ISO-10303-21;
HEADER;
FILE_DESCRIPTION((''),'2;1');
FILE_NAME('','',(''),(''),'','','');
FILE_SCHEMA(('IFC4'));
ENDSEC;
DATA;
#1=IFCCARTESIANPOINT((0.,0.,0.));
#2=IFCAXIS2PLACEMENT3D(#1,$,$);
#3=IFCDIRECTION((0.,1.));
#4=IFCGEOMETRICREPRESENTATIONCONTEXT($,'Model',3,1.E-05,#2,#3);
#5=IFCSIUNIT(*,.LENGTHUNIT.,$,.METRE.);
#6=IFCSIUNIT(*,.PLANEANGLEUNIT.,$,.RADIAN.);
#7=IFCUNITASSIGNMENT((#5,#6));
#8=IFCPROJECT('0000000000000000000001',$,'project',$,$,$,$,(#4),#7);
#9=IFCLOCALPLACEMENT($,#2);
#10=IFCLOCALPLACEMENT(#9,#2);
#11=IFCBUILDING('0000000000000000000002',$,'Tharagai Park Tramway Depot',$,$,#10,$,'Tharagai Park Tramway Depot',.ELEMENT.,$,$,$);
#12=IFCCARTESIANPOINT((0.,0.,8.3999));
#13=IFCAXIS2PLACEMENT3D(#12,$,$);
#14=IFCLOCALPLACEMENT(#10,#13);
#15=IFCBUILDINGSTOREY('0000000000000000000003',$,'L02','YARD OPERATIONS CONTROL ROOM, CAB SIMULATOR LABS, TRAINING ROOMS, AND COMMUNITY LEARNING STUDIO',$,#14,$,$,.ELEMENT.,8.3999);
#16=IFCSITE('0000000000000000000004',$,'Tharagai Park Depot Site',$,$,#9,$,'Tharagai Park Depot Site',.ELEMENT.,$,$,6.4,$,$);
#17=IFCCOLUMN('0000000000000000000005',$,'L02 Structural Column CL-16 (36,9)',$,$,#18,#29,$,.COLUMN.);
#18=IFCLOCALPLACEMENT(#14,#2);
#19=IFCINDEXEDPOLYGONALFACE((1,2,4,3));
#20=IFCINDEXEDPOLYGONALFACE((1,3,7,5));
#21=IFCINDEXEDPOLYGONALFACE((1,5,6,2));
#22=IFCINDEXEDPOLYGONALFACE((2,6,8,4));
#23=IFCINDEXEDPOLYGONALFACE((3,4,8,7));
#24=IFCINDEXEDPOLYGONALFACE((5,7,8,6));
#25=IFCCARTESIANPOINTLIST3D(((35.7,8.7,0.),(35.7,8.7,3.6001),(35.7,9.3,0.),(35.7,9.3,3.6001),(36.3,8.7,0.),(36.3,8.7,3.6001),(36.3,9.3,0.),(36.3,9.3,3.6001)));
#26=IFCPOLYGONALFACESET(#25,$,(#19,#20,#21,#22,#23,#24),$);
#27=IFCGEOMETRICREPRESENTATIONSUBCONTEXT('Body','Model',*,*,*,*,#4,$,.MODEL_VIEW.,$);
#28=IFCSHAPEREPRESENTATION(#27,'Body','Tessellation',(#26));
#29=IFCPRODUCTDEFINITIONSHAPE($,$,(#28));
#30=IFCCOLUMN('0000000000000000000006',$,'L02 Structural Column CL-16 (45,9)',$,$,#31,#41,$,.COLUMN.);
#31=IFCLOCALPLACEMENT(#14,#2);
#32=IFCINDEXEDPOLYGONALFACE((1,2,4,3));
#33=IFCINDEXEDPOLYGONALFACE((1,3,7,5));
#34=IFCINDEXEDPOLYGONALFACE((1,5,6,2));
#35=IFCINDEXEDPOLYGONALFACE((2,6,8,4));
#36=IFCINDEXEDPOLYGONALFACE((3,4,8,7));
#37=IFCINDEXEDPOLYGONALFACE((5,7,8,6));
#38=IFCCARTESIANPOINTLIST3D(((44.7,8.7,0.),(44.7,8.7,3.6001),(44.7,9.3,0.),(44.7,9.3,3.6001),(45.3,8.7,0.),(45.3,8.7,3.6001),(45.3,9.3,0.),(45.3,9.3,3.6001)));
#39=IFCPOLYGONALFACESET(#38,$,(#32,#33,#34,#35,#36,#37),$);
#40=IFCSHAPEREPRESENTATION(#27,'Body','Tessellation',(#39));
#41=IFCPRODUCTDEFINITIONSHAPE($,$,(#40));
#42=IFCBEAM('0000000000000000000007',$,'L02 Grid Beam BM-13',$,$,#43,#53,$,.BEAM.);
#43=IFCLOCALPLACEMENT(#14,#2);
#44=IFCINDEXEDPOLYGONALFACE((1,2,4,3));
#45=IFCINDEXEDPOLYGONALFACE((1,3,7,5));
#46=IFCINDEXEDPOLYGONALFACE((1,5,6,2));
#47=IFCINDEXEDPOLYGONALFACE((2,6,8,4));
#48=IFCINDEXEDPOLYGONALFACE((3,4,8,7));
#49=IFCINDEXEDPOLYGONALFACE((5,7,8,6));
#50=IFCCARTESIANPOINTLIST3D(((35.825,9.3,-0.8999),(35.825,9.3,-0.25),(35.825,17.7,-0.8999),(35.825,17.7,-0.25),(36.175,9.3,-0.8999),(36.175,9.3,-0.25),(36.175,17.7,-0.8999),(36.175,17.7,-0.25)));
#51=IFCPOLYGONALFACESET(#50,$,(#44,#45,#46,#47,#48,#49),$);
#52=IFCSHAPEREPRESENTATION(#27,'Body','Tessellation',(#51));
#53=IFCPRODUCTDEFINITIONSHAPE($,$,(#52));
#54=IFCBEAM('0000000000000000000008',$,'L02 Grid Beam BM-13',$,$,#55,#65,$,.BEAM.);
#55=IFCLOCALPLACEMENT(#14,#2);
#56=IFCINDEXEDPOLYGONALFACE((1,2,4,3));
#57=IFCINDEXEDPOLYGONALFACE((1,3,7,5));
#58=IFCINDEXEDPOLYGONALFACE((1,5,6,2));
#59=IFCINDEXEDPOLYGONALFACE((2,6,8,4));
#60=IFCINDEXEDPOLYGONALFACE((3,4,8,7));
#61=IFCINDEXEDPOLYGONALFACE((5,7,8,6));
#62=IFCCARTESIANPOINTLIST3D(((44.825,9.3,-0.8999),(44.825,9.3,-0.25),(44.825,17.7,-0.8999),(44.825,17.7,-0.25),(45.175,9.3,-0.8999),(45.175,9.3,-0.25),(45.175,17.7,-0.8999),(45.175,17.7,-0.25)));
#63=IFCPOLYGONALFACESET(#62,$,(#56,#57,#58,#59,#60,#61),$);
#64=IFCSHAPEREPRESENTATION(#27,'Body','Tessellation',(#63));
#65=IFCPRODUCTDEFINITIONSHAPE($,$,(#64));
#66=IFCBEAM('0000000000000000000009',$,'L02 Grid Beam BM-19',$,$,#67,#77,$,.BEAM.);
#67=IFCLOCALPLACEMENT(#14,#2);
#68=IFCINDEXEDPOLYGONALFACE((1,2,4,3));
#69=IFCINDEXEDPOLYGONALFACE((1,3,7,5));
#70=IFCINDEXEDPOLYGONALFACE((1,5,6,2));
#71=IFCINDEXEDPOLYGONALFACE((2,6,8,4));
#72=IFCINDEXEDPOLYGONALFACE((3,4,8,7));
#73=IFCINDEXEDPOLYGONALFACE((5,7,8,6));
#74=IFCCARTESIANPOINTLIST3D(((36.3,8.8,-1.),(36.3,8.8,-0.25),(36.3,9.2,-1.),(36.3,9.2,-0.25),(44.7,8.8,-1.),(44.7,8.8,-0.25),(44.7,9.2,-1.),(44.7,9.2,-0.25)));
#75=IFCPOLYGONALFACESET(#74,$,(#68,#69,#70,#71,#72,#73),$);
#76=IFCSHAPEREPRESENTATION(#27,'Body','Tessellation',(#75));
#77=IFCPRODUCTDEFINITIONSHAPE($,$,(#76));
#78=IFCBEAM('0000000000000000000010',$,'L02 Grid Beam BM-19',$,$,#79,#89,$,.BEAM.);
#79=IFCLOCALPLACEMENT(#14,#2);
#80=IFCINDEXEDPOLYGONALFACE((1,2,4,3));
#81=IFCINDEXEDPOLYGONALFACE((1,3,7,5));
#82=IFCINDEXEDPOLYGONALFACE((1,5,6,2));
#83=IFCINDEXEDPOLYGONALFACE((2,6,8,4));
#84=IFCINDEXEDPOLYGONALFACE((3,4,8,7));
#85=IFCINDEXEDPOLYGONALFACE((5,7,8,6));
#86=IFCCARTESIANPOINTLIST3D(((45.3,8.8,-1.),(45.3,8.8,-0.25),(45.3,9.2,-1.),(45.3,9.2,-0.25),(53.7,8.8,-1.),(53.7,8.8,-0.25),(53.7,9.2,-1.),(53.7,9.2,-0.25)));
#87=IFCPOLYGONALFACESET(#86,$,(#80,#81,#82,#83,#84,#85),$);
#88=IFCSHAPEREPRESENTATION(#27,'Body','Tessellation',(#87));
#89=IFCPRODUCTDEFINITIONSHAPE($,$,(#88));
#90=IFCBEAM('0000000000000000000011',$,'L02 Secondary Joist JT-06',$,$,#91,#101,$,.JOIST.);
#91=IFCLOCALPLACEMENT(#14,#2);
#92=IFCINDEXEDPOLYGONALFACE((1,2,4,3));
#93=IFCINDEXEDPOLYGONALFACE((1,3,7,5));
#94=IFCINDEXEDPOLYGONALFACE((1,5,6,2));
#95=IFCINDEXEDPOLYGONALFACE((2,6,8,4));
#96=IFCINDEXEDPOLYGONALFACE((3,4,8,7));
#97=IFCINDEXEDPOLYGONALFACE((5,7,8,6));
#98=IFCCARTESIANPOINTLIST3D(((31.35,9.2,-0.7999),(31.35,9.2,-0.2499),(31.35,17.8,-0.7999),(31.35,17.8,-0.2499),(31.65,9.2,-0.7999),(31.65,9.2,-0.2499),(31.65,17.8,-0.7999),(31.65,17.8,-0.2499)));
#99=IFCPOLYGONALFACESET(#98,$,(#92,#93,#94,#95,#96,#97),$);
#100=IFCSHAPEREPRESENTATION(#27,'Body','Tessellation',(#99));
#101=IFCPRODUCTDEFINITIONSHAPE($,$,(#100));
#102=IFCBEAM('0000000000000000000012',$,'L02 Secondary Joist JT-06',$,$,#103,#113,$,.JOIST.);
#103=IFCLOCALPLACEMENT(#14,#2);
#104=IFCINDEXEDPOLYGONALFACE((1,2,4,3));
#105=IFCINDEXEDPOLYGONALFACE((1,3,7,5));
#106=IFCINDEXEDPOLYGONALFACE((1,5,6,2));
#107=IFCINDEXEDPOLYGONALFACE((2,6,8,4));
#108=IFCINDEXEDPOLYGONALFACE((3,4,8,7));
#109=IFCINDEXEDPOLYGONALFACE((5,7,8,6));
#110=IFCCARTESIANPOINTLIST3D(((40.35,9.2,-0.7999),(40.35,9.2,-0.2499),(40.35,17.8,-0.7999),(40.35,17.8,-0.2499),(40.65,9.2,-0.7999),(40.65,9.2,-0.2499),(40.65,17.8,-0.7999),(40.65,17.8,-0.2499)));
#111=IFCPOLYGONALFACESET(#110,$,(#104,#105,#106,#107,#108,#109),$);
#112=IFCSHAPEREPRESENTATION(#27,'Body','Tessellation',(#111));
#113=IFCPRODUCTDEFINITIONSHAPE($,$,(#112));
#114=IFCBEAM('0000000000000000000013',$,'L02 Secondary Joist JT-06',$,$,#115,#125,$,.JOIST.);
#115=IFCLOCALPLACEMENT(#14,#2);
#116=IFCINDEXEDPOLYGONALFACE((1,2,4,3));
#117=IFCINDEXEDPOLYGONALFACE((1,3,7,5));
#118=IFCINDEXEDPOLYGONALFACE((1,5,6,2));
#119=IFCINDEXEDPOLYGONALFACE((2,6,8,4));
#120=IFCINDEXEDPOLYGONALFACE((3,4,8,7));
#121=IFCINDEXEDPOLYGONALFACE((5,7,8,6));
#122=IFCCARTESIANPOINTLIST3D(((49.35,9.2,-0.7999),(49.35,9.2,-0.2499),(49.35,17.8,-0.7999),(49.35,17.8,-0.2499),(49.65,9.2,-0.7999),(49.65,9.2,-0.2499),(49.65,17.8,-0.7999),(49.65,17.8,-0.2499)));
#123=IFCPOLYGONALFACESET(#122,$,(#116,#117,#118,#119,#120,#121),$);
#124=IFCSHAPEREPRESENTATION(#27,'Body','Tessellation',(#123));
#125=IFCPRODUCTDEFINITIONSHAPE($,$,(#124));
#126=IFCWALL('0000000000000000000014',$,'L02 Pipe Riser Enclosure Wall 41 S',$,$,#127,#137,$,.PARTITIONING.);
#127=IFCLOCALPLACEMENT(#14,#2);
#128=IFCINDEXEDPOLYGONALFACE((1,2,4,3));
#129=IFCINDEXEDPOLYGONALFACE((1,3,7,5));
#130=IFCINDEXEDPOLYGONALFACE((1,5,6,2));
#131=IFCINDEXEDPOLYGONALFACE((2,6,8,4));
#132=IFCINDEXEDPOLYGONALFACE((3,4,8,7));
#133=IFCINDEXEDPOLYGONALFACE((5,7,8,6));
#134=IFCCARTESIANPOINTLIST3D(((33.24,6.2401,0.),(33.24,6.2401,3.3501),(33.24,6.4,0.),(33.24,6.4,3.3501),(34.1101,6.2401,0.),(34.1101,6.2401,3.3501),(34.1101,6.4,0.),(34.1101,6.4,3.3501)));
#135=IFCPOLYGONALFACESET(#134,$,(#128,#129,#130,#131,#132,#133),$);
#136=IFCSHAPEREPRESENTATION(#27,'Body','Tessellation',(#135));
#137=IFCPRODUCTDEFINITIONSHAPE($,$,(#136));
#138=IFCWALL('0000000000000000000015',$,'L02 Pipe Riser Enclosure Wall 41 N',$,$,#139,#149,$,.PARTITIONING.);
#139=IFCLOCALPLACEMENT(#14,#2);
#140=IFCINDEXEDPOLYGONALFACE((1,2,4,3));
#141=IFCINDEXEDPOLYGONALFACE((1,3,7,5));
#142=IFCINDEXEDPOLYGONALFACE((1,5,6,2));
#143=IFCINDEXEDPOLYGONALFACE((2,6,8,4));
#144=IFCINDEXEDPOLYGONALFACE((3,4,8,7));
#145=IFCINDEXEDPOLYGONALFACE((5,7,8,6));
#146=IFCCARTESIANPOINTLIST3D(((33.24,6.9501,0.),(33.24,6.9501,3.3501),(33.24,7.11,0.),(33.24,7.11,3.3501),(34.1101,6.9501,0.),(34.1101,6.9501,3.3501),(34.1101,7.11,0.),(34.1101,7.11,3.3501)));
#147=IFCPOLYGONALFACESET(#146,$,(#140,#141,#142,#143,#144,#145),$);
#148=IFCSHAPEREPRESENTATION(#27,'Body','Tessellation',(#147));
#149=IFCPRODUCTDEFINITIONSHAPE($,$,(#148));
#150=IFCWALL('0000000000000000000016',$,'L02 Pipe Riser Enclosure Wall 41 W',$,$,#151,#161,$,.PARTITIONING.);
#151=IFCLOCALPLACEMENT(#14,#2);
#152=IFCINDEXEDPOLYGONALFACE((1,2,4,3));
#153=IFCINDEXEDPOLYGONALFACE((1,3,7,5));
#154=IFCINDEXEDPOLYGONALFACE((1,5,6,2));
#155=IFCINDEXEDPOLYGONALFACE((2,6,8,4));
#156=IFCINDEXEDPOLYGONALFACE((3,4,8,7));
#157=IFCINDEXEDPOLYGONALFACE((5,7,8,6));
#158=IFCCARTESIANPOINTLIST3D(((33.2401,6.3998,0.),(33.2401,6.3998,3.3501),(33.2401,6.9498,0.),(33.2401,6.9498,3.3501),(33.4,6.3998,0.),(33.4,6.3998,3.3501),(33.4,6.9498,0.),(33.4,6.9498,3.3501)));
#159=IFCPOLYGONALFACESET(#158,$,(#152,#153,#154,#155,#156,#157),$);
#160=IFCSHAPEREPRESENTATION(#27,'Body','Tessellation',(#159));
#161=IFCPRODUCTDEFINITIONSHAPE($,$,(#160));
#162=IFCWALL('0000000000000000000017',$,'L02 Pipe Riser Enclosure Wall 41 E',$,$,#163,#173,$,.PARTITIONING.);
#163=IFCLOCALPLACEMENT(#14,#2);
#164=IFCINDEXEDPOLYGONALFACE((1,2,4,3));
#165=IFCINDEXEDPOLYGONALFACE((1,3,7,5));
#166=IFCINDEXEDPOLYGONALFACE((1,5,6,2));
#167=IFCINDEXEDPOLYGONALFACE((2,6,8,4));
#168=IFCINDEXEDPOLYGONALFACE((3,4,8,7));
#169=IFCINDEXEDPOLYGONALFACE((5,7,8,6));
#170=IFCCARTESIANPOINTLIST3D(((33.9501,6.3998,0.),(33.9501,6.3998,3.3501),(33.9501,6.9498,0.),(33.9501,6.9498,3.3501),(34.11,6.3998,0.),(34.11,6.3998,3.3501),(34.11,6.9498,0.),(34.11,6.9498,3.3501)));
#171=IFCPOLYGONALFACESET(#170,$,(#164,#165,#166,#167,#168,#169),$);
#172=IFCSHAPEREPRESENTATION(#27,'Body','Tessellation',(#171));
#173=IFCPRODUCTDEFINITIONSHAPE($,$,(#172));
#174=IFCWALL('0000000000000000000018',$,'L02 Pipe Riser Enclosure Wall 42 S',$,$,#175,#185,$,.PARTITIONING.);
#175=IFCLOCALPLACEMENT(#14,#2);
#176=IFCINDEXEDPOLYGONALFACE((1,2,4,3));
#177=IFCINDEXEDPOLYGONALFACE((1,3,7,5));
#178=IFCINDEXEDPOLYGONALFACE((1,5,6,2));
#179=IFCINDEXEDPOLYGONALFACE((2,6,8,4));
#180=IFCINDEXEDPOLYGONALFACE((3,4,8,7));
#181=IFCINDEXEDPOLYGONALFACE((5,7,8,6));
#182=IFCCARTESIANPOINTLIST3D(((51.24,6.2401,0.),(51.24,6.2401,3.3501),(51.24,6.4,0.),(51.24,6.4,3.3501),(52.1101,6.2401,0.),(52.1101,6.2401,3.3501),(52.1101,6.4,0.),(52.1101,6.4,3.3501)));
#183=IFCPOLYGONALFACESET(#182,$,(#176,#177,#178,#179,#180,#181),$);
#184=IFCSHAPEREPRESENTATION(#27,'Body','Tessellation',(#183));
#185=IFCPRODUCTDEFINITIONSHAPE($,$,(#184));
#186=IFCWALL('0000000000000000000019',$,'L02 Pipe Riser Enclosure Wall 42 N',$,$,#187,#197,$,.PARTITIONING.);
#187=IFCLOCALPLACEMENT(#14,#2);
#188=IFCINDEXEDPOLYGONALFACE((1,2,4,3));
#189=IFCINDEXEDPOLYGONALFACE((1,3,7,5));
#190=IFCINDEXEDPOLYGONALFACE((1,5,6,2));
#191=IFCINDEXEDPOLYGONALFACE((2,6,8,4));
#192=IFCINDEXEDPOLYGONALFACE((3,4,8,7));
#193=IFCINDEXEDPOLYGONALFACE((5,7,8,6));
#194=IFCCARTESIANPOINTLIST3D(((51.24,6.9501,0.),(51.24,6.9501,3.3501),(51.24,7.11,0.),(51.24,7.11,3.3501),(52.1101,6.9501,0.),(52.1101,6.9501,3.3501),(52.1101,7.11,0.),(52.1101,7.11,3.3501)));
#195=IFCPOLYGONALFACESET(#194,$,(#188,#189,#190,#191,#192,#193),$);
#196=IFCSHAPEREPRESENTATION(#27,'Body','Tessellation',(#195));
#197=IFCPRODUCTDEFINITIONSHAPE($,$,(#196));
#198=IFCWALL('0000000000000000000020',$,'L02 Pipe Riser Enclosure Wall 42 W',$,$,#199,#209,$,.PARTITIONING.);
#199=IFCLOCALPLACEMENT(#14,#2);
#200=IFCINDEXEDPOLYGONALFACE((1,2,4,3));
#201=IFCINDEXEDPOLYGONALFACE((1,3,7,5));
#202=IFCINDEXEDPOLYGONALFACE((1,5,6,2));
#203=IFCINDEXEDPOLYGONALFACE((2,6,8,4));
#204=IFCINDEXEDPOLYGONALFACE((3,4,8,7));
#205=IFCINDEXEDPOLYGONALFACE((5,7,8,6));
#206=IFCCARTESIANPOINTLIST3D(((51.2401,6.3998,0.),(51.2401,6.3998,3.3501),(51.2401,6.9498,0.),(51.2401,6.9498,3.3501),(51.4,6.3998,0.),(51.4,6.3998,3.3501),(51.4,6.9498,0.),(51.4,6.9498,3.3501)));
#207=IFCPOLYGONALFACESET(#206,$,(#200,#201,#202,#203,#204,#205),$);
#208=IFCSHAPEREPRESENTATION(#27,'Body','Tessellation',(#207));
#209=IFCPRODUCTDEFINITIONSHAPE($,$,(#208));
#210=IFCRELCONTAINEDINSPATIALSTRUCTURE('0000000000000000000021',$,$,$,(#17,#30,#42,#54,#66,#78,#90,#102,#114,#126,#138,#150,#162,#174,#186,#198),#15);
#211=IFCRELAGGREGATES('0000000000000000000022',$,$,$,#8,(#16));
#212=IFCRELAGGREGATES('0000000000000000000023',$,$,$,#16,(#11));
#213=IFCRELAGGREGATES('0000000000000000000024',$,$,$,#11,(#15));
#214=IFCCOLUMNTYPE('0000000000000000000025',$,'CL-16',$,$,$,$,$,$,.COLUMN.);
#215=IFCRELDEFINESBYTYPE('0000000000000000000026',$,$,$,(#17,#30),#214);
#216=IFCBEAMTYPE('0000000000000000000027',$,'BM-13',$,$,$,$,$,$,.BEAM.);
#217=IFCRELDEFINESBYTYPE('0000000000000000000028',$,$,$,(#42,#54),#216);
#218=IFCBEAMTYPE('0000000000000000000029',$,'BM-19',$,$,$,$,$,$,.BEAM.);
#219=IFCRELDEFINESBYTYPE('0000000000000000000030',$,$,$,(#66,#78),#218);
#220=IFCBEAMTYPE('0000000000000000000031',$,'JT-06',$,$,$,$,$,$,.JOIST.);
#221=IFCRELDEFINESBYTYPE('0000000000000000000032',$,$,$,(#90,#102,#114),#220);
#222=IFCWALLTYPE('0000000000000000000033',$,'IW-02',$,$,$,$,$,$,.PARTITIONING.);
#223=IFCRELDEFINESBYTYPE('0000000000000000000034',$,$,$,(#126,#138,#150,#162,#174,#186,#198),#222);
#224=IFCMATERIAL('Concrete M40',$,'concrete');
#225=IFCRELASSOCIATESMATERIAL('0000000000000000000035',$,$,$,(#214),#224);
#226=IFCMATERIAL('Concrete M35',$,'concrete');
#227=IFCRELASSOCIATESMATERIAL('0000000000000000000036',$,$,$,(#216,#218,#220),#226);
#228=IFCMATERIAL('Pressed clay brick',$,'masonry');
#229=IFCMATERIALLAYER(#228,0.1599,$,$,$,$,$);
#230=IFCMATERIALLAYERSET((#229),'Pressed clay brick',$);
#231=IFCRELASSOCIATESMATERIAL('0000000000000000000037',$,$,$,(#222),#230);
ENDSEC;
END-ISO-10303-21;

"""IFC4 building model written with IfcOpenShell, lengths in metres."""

from ifc_helpers import new_model, si_unit, direction, frame, frame_2d, origin, origin_2d, place, context, subcontext, project, spatial, rectangle, extrude, material, layer, layer_set, material_profile, profile_set, type_object, element, save


model = new_model("IFC4")

# Units and contexts
model_context = context("Model", 3, precision=1e-05, world=origin(), true_north=direction((0.0, 1.0)))
body_context = subcontext(model_context, "Body", "Model", "MODEL_VIEW")
ifc_project = project(units=[si_unit("LENGTHUNIT", "METRE"), si_unit("PLANEANGLEUNIT", "RADIAN")], contexts=[model_context])

# Site, building, storey
site_placement = place(None, origin())
site = spatial("IfcSite", under=ifc_project, at=site_placement, Name="Tharagai Park Depot Site", LongName="Tharagai Park Depot Site", CompositionType="ELEMENT", RefElevation=6.4)
building_placement = place(site_placement, origin())
building = spatial("IfcBuilding", under=site, at=building_placement, Name="Tharagai Park Tramway Depot", LongName="Tharagai Park Tramway Depot", CompositionType="ELEMENT")
storey_placement = place(building_placement, frame((0.0, 0.0, 8.3999)))
storey = spatial("IfcBuildingStorey", under=building, at=storey_placement, Name="L02", Description="YARD OPERATIONS CONTROL ROOM, CAB SIMULATOR LABS, TRAINING ROOMS, AND COMMUNITY LEARNING STUDIO", CompositionType="ELEMENT", Elevation=8.3999)

# Columns
ifc_material_1 = material(Name="Concrete M40", Category="concrete")
ifc_material_profile_1 = material_profile(ifc_material_1, rectangle(XDim=0.6001, YDim=0.6001, at=origin_2d()), Name="RC 600x600")
ifc_profile_set_1 = profile_set([ifc_material_profile_1], Name="Concrete M40")
column_type = type_object("IfcColumnType", Name="CL-16", PredefinedType="COLUMN", material=ifc_profile_set_1)
for number, where, z_axis, x_axis, name in (
    (1, (36.0, 9.0, 0.0), (0.0, 0.0, 1.0), (1.0, 0.0, 0.0), "L02 Structural Column CL-16 (36,9)"),
    (2, (45.0, 9.0, 0.0), (0.0, 0.0, 1.0), (1.0, 0.0, 0.0), "L02 Structural Column CL-16 (45,9)"),
):
    element("IfcColumn", number, at=place(storey_placement, frame(where, z_axis=z_axis, x_axis=x_axis)), inside=storey, type_object=column_type, Name=name, PredefinedType="COLUMN", context=body_context, shape_type="SweptSolid", body=[
        extrude(rectangle(XDim=0.6001, YDim=0.6001, at=origin_2d()), origin(), (0.0, 0.0, 1.0), 3.6001),
    ])

# Beams
ifc_material_2 = material(Name="Concrete M35", Category="concrete")
ifc_material_profile_2 = material_profile(ifc_material_2, rectangle(XDim=0.3501, YDim=0.6499, at=origin_2d()), Name="RC 350x650")
ifc_profile_set_2 = profile_set([ifc_material_profile_2], Name="Concrete M35")
beam_type_1 = type_object("IfcBeamType", Name="BM-13", PredefinedType="BEAM", material=ifc_profile_set_2)
for number, where, z_axis, x_axis, name in (
    (3, (36.0, 9.3, -0.575), (0.0, 1.0, 0.0), (-1.0, 0.0, 0.0), "L02 Grid Beam BM-13"),
    (4, (45.0, 9.3, -0.575), (0.0, 1.0, 0.0), (-1.0, 0.0, 0.0), "L02 Grid Beam BM-13"),
):
    element("IfcBeam", number, at=place(storey_placement, frame(where, z_axis=z_axis, x_axis=x_axis)), inside=storey, type_object=beam_type_1, Name=name, PredefinedType="BEAM", context=body_context, shape_type="SweptSolid", body=[
        extrude(rectangle(XDim=0.3501, YDim=0.6499, at=origin_2d()), origin(), (0.0, 0.0, 1.0), 8.3999),
    ])
ifc_material_profile_3 = material_profile(ifc_material_2, rectangle(XDim=0.3999, YDim=0.75, at=origin_2d()), Name="RC 400x750")
ifc_profile_set_3 = profile_set([ifc_material_profile_3], Name="Concrete M35")
beam_type_2 = type_object("IfcBeamType", Name="BM-19", PredefinedType="BEAM", material=ifc_profile_set_3)
for number, where, z_axis, x_axis, name in (
    (5, (36.3, 9.0, -0.625), (1.0, 0.0, 0.0), (0.0, 1.0, 0.0), "L02 Grid Beam BM-19"),
    (6, (45.3, 9.0, -0.625), (1.0, 0.0, 0.0), (0.0, 1.0, 0.0), "L02 Grid Beam BM-19"),
):
    element("IfcBeam", number, at=place(storey_placement, frame(where, z_axis=z_axis, x_axis=x_axis)), inside=storey, type_object=beam_type_2, Name=name, PredefinedType="BEAM", context=body_context, shape_type="SweptSolid", body=[
        extrude(rectangle(XDim=0.3999, YDim=0.75, at=origin_2d()), origin(), (0.0, 0.0, 1.0), 8.3999),
    ])
ifc_material_profile_4 = material_profile(ifc_material_2, rectangle(XDim=0.3, YDim=0.55, at=origin_2d()), Name="RC 300x550")
ifc_profile_set_4 = profile_set([ifc_material_profile_4], Name="Concrete M35")
beam_type_3 = type_object("IfcBeamType", Name="JT-06", PredefinedType="JOIST", material=ifc_profile_set_4)
for number, where, z_axis, x_axis, name in (
    (7, (31.5, 9.2, -0.5249), (0.0, 1.0, 0.0), (-1.0, 0.0, 0.0), "L02 Secondary Joist JT-06"),
    (8, (40.5, 9.2, -0.5249), (0.0, 1.0, 0.0), (-1.0, 0.0, 0.0), "L02 Secondary Joist JT-06"),
    (9, (49.5, 9.2, -0.5249), (0.0, 1.0, 0.0), (-1.0, 0.0, 0.0), "L02 Secondary Joist JT-06"),
):
    element("IfcBeam", number, at=place(storey_placement, frame(where, z_axis=z_axis, x_axis=x_axis)), inside=storey, type_object=beam_type_3, Name=name, PredefinedType="JOIST", context=body_context, shape_type="SweptSolid", body=[
        extrude(rectangle(XDim=0.3, YDim=0.55, at=origin_2d()), origin(), (0.0, 0.0, 1.0), 8.6001),
    ])

# Walls
ifc_material_3 = material(Name="Pressed clay brick", Category="masonry")
ifc_layer_1 = layer(ifc_material_3, 0.1599)
ifc_layer_set_1 = layer_set([ifc_layer_1], Name="Pressed clay brick")
wall_type_1 = type_object("IfcWallType", Name="IW-02", PredefinedType="PARTITIONING", material=ifc_layer_set_1)
for number, where, z_axis, x_axis, name in (
    (10, (33.24, 6.3201, 0.0), (0.0, 0.0, 1.0), (1.0, 0.0, 0.0), "L02 Pipe Riser Enclosure Wall 41 S"),
    (11, (33.24, 7.03, 0.0), (0.0, 0.0, 1.0), (1.0, 0.0, 0.0), "L02 Pipe Riser Enclosure Wall 41 N"),
):
    element("IfcWall", number, at=place(storey_placement, frame(where, z_axis=z_axis, x_axis=x_axis)), inside=storey, type_object=wall_type_1, Name=name, PredefinedType="PARTITIONING", context=body_context, shape_type="SweptSolid", body=[
        extrude(rectangle(XDim=0.8701, YDim=0.1599, at=frame_2d((0.4351, 0.0))), origin(), (0.0, 0.0, 1.0), 3.3501),
    ])
for number, where, z_axis, x_axis, name in (
    (12, (33.3201, 6.3999, 0.0), (0.0, 0.0, 1.0), (0.0, 1.0, 0.0), "L02 Pipe Riser Enclosure Wall 41 W"),
    (13, (34.03, 6.3999, 0.0), (0.0, 0.0, 1.0), (0.0, 1.0, 0.0), "L02 Pipe Riser Enclosure Wall 41 E"),
):
    element("IfcWall", number, at=place(storey_placement, frame(where, z_axis=z_axis, x_axis=x_axis)), inside=storey, type_object=wall_type_1, Name=name, PredefinedType="PARTITIONING", context=body_context, shape_type="SweptSolid", body=[
        extrude(rectangle(XDim=0.55, YDim=0.1599, at=frame_2d((0.2749, 0.0))), origin(), (0.0, 0.0, 1.0), 3.3501),
    ])
for number, where, z_axis, x_axis, name in (
    (14, (51.24, 6.3201, 0.0), (0.0, 0.0, 1.0), (1.0, 0.0, 0.0), "L02 Pipe Riser Enclosure Wall 42 S"),
    (15, (51.24, 7.03, 0.0), (0.0, 0.0, 1.0), (1.0, 0.0, 0.0), "L02 Pipe Riser Enclosure Wall 42 N"),
):
    element("IfcWall", number, at=place(storey_placement, frame(where, z_axis=z_axis, x_axis=x_axis)), inside=storey, type_object=wall_type_1, Name=name, PredefinedType="PARTITIONING", context=body_context, shape_type="SweptSolid", body=[
        extrude(rectangle(XDim=0.8701, YDim=0.1599, at=frame_2d((0.4351, 0.0))), origin(), (0.0, 0.0, 1.0), 3.3501),
    ])
for number, where, z_axis, x_axis, name in (
    (16, (51.3201, 6.3999, 0.0), (0.0, 0.0, 1.0), (0.0, 1.0, 0.0), "L02 Pipe Riser Enclosure Wall 42 W"),
):
    element("IfcWall", number, at=place(storey_placement, frame(where, z_axis=z_axis, x_axis=x_axis)), inside=storey, type_object=wall_type_1, Name=name, PredefinedType="PARTITIONING", context=body_context, shape_type="SweptSolid", body=[
        extrude(rectangle(XDim=0.55, YDim=0.1599, at=frame_2d((0.2749, 0.0))), origin(), (0.0, 0.0, 1.0), 3.3501),
    ])

save(model, "model.ifc")
